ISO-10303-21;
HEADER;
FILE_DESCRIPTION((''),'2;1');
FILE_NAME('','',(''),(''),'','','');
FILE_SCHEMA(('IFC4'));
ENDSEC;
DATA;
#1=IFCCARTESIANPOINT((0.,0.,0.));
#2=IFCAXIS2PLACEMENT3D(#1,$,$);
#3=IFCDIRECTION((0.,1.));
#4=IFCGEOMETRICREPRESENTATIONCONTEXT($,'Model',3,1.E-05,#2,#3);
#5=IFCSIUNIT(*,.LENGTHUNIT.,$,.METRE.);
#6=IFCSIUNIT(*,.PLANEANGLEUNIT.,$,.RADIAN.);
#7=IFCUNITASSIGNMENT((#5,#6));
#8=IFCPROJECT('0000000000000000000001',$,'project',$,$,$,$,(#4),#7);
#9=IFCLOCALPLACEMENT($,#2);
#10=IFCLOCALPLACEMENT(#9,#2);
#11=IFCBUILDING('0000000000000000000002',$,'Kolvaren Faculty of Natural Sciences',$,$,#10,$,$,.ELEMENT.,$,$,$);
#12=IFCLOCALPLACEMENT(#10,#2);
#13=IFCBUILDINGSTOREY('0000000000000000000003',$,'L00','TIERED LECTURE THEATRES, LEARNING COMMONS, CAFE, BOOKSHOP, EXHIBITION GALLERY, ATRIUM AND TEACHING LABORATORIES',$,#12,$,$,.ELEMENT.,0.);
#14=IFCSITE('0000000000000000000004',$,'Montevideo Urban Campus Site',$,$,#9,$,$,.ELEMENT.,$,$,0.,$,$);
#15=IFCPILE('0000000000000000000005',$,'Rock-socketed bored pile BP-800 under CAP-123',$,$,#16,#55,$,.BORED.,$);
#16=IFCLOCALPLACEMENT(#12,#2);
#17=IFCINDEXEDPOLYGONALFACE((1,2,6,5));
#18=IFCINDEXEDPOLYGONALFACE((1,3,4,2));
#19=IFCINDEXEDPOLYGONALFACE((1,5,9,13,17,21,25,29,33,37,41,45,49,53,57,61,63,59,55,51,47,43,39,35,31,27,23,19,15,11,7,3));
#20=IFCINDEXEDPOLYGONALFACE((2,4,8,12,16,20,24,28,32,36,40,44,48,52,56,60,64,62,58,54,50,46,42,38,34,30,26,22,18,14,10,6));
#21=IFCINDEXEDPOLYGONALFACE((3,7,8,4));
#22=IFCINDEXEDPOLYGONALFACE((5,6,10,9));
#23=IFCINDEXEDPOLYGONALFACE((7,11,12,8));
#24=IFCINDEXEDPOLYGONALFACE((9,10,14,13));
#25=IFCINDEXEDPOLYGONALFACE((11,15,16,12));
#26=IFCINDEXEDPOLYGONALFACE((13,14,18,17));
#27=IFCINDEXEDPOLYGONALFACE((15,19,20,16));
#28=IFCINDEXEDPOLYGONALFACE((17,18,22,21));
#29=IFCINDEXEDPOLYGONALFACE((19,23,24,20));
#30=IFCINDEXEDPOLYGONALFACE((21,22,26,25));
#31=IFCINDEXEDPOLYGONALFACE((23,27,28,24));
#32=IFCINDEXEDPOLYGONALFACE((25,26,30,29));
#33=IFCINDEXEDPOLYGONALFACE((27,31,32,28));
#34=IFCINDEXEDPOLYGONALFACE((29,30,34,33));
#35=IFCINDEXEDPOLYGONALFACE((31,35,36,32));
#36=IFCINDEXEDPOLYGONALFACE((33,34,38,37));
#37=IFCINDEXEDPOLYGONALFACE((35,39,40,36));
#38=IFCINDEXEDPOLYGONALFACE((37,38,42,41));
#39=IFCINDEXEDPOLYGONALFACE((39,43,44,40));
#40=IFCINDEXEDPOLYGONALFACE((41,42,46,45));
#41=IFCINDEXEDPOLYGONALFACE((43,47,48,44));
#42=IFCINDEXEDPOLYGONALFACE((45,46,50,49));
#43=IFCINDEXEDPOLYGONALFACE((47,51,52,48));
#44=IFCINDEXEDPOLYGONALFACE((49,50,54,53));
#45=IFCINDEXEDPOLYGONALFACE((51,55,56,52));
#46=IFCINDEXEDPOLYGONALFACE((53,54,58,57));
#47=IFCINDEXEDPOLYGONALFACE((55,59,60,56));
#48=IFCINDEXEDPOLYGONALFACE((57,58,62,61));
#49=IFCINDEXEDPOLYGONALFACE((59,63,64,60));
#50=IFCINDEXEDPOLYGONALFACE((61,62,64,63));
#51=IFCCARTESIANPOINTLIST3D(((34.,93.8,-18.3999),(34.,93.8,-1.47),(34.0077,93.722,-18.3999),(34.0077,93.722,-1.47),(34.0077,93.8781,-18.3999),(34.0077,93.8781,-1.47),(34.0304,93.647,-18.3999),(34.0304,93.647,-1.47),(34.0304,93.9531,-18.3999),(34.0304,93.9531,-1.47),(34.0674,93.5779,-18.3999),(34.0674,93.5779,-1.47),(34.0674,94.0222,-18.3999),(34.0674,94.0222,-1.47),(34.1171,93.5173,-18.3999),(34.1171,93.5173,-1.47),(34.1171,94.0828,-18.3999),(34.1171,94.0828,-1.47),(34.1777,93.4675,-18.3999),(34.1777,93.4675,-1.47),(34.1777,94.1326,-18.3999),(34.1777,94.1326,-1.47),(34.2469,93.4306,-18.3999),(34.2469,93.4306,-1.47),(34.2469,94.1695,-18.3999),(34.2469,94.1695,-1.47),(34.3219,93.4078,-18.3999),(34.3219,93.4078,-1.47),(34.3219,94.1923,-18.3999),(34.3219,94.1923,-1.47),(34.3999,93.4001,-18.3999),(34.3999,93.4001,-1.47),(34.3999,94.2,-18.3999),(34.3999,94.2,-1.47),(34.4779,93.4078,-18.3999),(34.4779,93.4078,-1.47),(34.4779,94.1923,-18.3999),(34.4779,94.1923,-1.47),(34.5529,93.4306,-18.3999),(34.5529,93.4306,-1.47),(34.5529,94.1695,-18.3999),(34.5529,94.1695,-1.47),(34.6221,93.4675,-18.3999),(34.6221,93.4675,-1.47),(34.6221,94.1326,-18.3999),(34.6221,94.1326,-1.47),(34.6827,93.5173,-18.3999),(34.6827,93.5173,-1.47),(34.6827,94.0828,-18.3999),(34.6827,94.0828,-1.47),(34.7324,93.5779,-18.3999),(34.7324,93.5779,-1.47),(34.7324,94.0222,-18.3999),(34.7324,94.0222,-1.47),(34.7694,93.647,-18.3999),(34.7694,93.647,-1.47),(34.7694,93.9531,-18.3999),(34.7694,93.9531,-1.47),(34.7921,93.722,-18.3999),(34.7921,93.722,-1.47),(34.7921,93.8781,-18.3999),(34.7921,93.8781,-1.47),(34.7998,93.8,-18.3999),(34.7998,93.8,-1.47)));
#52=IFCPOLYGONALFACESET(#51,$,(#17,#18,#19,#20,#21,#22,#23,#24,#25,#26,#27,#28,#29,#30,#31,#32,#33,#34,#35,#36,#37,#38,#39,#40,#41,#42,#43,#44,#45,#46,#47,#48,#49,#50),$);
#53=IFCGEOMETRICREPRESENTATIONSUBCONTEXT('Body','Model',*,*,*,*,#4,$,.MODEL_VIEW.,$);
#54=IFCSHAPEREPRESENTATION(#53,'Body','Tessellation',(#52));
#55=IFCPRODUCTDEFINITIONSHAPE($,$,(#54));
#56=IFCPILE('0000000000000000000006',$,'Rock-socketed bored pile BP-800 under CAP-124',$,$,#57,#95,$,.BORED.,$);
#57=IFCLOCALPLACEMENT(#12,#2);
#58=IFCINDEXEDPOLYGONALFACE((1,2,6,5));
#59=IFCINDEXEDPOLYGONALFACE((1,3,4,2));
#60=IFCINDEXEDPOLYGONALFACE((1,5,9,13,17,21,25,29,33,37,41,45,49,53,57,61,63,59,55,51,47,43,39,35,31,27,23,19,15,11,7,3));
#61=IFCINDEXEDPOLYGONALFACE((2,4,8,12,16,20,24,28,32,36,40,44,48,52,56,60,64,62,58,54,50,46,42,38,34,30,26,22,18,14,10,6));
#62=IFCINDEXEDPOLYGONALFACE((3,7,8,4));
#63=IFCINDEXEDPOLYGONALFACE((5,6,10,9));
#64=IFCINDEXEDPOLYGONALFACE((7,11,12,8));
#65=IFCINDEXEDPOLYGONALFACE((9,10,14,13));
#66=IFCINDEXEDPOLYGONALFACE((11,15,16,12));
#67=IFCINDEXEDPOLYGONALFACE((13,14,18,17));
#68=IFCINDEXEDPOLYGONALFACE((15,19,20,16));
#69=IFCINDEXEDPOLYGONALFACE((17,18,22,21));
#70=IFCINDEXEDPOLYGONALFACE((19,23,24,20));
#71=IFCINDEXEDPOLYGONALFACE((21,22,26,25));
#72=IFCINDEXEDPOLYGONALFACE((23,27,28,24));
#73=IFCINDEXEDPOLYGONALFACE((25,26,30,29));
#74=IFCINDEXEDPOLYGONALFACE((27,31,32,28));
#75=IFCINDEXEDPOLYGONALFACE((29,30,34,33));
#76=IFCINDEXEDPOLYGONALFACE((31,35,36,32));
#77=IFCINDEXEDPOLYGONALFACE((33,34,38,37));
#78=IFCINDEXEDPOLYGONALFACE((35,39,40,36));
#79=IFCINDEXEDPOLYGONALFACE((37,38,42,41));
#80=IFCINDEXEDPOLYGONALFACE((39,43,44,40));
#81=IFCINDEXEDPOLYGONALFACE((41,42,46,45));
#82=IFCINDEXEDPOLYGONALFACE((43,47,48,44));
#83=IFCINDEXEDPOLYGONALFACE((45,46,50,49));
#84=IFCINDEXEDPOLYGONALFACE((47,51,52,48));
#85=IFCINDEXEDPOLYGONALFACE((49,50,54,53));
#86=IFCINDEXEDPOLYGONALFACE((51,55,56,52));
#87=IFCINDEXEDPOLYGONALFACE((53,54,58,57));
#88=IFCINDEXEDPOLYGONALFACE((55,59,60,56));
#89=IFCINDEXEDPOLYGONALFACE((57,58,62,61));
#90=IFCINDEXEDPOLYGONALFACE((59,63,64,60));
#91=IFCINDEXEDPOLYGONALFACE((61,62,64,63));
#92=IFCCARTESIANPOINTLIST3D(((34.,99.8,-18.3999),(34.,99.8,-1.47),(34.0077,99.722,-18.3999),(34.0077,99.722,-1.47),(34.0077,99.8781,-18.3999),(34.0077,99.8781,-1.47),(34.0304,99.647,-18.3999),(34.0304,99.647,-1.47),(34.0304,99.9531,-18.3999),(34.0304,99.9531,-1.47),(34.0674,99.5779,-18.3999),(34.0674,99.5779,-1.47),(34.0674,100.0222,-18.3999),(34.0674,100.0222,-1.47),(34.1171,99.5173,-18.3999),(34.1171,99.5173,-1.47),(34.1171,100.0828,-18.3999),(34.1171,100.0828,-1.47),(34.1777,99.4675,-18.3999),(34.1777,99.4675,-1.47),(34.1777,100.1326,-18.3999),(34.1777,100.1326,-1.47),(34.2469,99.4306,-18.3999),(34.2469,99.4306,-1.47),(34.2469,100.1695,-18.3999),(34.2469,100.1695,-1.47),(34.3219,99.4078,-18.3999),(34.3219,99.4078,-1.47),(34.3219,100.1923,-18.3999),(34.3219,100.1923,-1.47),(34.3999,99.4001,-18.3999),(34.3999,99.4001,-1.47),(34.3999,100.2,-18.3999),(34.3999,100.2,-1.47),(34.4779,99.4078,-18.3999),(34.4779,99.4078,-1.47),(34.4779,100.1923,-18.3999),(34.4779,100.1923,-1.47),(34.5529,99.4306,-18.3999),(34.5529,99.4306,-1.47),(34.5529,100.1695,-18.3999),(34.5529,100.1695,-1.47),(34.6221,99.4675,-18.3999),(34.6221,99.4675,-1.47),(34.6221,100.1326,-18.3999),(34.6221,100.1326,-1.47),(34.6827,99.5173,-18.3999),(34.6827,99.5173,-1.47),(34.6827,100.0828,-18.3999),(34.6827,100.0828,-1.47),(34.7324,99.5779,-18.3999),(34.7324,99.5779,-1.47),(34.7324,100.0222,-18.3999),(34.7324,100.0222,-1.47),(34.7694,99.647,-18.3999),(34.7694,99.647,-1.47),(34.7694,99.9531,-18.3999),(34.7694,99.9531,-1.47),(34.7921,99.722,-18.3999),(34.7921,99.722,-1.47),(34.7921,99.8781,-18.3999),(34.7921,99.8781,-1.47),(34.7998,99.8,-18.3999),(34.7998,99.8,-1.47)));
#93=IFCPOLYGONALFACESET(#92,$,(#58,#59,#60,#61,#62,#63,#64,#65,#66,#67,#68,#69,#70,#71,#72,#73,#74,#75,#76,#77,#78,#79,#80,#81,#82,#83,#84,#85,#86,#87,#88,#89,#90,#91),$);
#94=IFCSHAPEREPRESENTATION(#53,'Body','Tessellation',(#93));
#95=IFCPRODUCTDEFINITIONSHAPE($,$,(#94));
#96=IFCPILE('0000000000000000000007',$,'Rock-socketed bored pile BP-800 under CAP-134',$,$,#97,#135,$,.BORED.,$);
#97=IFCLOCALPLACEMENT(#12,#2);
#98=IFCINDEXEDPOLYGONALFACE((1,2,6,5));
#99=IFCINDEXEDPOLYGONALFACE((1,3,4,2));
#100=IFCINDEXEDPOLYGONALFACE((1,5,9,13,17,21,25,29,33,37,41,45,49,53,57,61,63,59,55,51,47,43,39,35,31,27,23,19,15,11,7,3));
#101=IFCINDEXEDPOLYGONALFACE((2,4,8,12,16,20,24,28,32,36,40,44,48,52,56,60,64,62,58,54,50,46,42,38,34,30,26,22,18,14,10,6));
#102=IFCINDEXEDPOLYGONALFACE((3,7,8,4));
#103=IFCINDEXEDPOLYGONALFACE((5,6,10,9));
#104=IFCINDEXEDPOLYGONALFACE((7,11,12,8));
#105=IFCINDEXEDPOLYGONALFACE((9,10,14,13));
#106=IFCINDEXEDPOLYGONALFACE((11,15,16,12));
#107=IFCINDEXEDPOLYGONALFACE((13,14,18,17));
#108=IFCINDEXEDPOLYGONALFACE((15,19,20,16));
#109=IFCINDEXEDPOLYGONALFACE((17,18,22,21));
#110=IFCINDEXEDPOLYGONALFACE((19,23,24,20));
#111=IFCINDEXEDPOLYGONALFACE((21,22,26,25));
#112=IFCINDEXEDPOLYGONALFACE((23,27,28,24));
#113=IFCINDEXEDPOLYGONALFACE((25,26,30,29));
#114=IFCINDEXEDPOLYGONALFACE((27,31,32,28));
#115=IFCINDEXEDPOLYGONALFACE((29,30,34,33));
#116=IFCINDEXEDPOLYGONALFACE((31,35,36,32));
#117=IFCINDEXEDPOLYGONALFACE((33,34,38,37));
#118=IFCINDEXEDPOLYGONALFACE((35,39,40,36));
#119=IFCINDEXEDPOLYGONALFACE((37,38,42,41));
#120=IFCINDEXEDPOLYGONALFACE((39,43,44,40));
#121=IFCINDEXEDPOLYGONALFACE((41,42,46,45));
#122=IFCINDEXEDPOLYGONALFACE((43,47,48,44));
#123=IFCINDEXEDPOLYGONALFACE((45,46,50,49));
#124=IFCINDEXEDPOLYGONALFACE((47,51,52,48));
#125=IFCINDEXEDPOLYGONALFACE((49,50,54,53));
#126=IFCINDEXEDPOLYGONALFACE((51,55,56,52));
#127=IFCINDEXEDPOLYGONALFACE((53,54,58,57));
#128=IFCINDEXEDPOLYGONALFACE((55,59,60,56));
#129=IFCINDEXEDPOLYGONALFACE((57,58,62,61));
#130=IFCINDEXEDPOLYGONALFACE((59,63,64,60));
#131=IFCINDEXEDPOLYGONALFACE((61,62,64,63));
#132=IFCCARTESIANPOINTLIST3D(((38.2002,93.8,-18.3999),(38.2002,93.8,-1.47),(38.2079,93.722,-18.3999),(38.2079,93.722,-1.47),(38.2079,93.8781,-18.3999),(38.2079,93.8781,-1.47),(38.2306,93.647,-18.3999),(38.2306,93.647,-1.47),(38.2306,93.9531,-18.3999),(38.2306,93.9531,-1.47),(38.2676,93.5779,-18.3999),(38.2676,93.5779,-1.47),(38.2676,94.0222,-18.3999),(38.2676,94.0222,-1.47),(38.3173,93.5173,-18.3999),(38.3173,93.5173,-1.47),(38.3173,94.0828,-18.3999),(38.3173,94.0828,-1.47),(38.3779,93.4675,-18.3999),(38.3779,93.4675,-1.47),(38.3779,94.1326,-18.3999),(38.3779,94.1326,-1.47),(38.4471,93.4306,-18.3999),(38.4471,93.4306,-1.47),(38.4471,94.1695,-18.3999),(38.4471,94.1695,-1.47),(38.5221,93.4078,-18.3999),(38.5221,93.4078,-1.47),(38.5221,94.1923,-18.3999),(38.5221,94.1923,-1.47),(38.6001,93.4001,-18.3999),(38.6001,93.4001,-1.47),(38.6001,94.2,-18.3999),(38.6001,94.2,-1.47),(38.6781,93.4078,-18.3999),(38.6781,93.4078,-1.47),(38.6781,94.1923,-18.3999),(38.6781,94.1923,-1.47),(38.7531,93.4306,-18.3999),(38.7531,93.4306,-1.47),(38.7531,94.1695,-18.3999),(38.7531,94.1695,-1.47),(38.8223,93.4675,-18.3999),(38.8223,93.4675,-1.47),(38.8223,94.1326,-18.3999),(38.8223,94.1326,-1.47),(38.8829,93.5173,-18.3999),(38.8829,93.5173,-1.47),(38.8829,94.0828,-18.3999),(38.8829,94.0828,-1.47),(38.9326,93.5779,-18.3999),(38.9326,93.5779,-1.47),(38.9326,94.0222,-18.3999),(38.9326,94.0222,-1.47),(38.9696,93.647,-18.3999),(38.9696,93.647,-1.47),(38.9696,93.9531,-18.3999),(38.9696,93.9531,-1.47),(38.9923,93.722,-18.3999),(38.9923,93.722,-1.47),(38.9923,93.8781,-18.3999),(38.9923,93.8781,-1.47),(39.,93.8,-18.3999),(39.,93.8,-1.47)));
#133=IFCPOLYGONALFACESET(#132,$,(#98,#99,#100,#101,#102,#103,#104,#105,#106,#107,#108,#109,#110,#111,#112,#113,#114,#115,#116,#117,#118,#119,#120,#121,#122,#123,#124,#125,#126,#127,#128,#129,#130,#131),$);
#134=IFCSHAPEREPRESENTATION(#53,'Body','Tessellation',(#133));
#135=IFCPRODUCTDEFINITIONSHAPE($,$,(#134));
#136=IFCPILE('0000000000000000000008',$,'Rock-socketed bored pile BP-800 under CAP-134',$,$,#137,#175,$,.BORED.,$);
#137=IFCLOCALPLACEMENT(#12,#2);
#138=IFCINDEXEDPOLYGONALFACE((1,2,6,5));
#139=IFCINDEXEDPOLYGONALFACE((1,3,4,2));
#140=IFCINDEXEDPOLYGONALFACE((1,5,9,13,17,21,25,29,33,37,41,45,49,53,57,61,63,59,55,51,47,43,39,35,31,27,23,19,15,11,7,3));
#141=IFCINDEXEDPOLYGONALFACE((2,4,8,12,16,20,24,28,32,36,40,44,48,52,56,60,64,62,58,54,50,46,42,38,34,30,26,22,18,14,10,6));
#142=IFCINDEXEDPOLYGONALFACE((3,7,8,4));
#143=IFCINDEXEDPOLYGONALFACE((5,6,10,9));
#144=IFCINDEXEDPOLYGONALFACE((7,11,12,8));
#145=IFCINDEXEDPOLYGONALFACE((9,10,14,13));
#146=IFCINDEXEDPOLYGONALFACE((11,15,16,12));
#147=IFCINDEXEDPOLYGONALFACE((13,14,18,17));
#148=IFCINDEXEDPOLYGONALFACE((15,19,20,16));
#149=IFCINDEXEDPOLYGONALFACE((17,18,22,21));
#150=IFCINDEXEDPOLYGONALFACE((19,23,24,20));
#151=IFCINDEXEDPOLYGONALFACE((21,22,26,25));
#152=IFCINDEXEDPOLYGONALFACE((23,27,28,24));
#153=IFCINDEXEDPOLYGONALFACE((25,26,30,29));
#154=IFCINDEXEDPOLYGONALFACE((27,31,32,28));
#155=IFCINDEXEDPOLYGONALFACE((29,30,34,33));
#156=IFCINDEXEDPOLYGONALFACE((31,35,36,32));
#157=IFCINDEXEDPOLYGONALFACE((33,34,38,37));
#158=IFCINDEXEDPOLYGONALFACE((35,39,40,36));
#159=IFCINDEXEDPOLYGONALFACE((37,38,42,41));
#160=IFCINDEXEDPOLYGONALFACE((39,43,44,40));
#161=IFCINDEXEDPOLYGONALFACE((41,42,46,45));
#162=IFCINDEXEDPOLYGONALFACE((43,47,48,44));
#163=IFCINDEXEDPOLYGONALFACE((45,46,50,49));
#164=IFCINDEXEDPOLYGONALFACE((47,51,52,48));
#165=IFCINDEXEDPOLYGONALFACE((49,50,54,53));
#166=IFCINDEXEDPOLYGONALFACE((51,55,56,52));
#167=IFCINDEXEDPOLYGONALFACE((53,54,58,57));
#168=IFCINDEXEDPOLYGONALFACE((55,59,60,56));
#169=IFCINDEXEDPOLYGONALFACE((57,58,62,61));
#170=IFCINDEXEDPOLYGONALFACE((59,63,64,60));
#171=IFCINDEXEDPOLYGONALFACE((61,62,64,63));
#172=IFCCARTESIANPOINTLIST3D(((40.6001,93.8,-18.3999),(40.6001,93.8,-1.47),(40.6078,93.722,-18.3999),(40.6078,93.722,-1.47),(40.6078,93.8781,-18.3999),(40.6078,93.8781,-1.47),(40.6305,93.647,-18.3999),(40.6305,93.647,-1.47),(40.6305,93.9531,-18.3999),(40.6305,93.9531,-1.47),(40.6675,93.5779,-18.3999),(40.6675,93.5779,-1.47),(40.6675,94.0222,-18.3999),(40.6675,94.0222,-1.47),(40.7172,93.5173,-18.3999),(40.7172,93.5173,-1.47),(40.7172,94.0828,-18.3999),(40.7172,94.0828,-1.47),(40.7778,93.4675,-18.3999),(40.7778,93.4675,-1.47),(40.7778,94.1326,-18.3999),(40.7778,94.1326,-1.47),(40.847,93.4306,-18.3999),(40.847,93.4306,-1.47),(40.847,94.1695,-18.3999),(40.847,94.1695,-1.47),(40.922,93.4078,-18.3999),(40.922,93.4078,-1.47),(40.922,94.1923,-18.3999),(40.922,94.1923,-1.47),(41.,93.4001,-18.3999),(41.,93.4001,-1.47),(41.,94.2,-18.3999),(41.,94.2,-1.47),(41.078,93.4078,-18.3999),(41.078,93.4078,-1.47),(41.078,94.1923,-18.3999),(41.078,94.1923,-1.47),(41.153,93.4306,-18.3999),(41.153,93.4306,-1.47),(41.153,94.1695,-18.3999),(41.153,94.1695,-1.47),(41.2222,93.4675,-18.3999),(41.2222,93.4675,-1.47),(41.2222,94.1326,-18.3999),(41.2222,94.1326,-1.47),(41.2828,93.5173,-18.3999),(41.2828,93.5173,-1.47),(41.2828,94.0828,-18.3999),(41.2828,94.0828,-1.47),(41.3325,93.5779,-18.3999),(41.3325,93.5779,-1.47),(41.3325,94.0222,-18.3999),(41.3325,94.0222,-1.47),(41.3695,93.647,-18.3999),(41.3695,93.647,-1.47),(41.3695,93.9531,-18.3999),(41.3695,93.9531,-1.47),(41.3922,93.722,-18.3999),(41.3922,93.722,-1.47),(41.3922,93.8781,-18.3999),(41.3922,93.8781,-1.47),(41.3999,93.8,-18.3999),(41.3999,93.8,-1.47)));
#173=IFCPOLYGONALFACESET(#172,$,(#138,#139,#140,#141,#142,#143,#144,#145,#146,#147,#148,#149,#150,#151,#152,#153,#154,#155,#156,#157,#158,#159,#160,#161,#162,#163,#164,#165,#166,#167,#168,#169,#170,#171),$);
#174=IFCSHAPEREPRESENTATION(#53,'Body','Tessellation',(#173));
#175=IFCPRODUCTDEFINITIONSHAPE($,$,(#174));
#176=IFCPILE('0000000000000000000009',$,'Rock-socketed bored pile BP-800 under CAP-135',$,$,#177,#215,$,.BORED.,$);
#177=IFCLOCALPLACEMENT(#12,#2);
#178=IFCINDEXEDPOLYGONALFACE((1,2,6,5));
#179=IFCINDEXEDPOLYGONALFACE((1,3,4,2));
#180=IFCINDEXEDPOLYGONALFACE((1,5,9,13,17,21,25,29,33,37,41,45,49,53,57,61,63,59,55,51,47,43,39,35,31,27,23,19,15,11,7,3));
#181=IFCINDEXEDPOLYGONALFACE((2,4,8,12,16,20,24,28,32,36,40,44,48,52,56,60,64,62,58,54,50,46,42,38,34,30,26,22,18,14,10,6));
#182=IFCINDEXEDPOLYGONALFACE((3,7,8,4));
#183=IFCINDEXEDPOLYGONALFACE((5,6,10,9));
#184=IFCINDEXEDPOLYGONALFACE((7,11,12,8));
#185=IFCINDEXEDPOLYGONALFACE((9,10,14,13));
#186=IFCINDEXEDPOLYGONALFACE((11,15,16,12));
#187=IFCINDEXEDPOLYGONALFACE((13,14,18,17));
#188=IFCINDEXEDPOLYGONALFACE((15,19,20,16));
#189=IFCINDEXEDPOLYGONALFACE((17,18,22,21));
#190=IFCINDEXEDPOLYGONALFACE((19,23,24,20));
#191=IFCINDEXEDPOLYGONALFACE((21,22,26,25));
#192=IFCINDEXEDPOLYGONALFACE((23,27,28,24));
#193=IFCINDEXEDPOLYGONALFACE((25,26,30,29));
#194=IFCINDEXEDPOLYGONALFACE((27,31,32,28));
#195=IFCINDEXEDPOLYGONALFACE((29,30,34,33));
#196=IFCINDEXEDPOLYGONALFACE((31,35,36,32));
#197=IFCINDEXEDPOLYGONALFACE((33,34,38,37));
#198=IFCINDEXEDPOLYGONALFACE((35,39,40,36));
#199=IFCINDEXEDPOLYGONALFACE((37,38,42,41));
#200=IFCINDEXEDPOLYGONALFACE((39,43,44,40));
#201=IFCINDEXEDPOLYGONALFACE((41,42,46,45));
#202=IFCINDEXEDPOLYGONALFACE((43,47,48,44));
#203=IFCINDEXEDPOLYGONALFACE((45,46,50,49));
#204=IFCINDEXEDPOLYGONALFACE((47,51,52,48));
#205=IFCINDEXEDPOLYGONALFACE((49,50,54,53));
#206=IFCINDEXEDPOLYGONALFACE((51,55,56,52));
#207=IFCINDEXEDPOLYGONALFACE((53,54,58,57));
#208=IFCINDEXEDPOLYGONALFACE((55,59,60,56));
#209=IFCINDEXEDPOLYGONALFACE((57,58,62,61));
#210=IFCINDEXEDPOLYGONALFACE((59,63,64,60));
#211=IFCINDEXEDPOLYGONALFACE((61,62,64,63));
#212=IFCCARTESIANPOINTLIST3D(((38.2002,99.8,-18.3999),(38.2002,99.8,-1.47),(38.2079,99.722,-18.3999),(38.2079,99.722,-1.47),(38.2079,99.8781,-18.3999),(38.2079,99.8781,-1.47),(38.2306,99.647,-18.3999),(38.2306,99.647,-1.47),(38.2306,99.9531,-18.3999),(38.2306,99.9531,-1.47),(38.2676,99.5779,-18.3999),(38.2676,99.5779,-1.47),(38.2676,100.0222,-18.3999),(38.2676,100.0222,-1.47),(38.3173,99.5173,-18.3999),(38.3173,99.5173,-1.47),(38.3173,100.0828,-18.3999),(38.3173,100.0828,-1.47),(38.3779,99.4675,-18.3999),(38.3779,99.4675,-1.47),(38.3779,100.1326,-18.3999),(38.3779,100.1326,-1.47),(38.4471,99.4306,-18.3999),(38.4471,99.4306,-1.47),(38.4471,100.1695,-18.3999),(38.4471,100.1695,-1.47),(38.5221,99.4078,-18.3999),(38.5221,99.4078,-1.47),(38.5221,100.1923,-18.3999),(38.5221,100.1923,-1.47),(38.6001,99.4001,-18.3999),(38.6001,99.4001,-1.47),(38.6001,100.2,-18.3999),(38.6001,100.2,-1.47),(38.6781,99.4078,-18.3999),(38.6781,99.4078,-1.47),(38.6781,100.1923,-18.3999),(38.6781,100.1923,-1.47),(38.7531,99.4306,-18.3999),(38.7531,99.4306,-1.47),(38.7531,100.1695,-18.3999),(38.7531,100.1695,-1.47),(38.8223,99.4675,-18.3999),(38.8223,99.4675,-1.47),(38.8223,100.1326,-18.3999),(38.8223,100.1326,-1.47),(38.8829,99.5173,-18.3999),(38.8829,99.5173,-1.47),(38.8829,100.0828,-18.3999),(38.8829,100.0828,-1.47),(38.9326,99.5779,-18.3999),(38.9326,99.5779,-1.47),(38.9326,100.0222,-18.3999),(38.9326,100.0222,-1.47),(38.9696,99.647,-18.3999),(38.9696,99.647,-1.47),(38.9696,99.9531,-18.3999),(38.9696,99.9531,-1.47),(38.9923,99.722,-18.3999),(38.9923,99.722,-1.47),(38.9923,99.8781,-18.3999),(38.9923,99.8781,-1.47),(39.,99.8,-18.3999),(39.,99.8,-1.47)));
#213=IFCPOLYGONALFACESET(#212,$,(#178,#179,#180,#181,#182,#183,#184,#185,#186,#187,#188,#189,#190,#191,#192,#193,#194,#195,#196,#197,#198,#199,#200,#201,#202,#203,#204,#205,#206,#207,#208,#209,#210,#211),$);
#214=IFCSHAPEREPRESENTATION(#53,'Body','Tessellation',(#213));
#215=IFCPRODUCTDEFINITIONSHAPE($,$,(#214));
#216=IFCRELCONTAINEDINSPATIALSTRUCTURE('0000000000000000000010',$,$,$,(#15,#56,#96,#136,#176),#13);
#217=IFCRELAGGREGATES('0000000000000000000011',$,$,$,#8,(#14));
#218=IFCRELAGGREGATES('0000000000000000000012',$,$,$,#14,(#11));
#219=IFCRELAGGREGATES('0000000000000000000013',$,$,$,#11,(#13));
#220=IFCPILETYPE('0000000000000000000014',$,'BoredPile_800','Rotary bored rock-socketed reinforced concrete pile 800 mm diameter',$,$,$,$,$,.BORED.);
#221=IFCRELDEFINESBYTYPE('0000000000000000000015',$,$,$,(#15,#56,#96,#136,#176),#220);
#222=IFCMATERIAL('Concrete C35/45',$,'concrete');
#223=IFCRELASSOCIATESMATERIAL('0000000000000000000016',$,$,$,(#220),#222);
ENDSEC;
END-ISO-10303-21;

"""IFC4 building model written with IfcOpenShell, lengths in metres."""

from ifc_helpers import new_model, si_unit, direction, frame, origin, origin_2d, place, context, subcontext, project, spatial, circle, extrude, material, material_profile, profile_set, type_object, element, save


model = new_model("IFC4")

# Units and contexts
model_context = context("Model", 3, precision=1e-05, world=origin(), true_north=direction((0.0, 1.0)))
body_context = subcontext(model_context, "Body", "Model", "MODEL_VIEW")
ifc_project = project(units=[si_unit("LENGTHUNIT", "METRE"), si_unit("PLANEANGLEUNIT", "RADIAN")], contexts=[model_context])

# Site, building, storey
site_placement = place(None, origin())
site = spatial("IfcSite", under=ifc_project, at=site_placement, Name="Montevideo Urban Campus Site", CompositionType="ELEMENT", RefElevation=0.0)
building_placement = place(site_placement, origin())
building = spatial("IfcBuilding", under=site, at=building_placement, Name="Kolvaren Faculty of Natural Sciences", CompositionType="ELEMENT")
storey_placement = place(building_placement, origin())
storey = spatial("IfcBuildingStorey", under=building, at=storey_placement, Name="L00", Description="TIERED LECTURE THEATRES, LEARNING COMMONS, CAFE, BOOKSHOP, EXHIBITION GALLERY, ATRIUM AND TEACHING LABORATORIES", CompositionType="ELEMENT", Elevation=0.0)

# Piles
ifc_material_1 = material(Name="Concrete C35/45", Category="concrete")
ifc_material_profile_1 = material_profile(ifc_material_1, circle(Radius=0.3999, at=origin_2d()), Name="PILE D800")
ifc_profile_set_1 = profile_set([ifc_material_profile_1], Name="Concrete C35/45")
pile_type = type_object("IfcPileType", Name="BoredPile_800", Description="Rotary bored rock-socketed reinforced concrete pile 800 mm diameter", PredefinedType="BORED", material=ifc_profile_set_1)
for number, where, z_axis, x_axis, name in (
    (1, (34.3999, 93.8, -1.47), (0.0, 0.0, -1.0), (1.0, 0.0, 0.0), "Rock-socketed bored pile BP-800 under CAP-123"),
    (2, (34.3999, 99.8, -1.47), (0.0, 0.0, -1.0), (1.0, 0.0, 0.0), "Rock-socketed bored pile BP-800 under CAP-124"),
    (3, (38.6001, 93.8, -1.47), (0.0, 0.0, -1.0), (1.0, 0.0, 0.0), "Rock-socketed bored pile BP-800 under CAP-134"),
    (4, (41.0, 93.8, -1.47), (0.0, 0.0, -1.0), (1.0, 0.0, 0.0), "Rock-socketed bored pile BP-800 under CAP-134"),
    (5, (38.6001, 99.8, -1.47), (0.0, 0.0, -1.0), (1.0, 0.0, 0.0), "Rock-socketed bored pile BP-800 under CAP-135"),
):
    element("IfcPile", number, at=place(storey_placement, frame(where, z_axis=z_axis, x_axis=x_axis)), inside=storey, type_object=pile_type, Name=name, PredefinedType="BORED", context=body_context, shape_type="SweptSolid", body=[
        extrude(circle(Radius=0.3999, at=origin_2d()), origin(), (0.0, 0.0, 1.0), 16.9299),
    ])

save(model, "model.ifc")
